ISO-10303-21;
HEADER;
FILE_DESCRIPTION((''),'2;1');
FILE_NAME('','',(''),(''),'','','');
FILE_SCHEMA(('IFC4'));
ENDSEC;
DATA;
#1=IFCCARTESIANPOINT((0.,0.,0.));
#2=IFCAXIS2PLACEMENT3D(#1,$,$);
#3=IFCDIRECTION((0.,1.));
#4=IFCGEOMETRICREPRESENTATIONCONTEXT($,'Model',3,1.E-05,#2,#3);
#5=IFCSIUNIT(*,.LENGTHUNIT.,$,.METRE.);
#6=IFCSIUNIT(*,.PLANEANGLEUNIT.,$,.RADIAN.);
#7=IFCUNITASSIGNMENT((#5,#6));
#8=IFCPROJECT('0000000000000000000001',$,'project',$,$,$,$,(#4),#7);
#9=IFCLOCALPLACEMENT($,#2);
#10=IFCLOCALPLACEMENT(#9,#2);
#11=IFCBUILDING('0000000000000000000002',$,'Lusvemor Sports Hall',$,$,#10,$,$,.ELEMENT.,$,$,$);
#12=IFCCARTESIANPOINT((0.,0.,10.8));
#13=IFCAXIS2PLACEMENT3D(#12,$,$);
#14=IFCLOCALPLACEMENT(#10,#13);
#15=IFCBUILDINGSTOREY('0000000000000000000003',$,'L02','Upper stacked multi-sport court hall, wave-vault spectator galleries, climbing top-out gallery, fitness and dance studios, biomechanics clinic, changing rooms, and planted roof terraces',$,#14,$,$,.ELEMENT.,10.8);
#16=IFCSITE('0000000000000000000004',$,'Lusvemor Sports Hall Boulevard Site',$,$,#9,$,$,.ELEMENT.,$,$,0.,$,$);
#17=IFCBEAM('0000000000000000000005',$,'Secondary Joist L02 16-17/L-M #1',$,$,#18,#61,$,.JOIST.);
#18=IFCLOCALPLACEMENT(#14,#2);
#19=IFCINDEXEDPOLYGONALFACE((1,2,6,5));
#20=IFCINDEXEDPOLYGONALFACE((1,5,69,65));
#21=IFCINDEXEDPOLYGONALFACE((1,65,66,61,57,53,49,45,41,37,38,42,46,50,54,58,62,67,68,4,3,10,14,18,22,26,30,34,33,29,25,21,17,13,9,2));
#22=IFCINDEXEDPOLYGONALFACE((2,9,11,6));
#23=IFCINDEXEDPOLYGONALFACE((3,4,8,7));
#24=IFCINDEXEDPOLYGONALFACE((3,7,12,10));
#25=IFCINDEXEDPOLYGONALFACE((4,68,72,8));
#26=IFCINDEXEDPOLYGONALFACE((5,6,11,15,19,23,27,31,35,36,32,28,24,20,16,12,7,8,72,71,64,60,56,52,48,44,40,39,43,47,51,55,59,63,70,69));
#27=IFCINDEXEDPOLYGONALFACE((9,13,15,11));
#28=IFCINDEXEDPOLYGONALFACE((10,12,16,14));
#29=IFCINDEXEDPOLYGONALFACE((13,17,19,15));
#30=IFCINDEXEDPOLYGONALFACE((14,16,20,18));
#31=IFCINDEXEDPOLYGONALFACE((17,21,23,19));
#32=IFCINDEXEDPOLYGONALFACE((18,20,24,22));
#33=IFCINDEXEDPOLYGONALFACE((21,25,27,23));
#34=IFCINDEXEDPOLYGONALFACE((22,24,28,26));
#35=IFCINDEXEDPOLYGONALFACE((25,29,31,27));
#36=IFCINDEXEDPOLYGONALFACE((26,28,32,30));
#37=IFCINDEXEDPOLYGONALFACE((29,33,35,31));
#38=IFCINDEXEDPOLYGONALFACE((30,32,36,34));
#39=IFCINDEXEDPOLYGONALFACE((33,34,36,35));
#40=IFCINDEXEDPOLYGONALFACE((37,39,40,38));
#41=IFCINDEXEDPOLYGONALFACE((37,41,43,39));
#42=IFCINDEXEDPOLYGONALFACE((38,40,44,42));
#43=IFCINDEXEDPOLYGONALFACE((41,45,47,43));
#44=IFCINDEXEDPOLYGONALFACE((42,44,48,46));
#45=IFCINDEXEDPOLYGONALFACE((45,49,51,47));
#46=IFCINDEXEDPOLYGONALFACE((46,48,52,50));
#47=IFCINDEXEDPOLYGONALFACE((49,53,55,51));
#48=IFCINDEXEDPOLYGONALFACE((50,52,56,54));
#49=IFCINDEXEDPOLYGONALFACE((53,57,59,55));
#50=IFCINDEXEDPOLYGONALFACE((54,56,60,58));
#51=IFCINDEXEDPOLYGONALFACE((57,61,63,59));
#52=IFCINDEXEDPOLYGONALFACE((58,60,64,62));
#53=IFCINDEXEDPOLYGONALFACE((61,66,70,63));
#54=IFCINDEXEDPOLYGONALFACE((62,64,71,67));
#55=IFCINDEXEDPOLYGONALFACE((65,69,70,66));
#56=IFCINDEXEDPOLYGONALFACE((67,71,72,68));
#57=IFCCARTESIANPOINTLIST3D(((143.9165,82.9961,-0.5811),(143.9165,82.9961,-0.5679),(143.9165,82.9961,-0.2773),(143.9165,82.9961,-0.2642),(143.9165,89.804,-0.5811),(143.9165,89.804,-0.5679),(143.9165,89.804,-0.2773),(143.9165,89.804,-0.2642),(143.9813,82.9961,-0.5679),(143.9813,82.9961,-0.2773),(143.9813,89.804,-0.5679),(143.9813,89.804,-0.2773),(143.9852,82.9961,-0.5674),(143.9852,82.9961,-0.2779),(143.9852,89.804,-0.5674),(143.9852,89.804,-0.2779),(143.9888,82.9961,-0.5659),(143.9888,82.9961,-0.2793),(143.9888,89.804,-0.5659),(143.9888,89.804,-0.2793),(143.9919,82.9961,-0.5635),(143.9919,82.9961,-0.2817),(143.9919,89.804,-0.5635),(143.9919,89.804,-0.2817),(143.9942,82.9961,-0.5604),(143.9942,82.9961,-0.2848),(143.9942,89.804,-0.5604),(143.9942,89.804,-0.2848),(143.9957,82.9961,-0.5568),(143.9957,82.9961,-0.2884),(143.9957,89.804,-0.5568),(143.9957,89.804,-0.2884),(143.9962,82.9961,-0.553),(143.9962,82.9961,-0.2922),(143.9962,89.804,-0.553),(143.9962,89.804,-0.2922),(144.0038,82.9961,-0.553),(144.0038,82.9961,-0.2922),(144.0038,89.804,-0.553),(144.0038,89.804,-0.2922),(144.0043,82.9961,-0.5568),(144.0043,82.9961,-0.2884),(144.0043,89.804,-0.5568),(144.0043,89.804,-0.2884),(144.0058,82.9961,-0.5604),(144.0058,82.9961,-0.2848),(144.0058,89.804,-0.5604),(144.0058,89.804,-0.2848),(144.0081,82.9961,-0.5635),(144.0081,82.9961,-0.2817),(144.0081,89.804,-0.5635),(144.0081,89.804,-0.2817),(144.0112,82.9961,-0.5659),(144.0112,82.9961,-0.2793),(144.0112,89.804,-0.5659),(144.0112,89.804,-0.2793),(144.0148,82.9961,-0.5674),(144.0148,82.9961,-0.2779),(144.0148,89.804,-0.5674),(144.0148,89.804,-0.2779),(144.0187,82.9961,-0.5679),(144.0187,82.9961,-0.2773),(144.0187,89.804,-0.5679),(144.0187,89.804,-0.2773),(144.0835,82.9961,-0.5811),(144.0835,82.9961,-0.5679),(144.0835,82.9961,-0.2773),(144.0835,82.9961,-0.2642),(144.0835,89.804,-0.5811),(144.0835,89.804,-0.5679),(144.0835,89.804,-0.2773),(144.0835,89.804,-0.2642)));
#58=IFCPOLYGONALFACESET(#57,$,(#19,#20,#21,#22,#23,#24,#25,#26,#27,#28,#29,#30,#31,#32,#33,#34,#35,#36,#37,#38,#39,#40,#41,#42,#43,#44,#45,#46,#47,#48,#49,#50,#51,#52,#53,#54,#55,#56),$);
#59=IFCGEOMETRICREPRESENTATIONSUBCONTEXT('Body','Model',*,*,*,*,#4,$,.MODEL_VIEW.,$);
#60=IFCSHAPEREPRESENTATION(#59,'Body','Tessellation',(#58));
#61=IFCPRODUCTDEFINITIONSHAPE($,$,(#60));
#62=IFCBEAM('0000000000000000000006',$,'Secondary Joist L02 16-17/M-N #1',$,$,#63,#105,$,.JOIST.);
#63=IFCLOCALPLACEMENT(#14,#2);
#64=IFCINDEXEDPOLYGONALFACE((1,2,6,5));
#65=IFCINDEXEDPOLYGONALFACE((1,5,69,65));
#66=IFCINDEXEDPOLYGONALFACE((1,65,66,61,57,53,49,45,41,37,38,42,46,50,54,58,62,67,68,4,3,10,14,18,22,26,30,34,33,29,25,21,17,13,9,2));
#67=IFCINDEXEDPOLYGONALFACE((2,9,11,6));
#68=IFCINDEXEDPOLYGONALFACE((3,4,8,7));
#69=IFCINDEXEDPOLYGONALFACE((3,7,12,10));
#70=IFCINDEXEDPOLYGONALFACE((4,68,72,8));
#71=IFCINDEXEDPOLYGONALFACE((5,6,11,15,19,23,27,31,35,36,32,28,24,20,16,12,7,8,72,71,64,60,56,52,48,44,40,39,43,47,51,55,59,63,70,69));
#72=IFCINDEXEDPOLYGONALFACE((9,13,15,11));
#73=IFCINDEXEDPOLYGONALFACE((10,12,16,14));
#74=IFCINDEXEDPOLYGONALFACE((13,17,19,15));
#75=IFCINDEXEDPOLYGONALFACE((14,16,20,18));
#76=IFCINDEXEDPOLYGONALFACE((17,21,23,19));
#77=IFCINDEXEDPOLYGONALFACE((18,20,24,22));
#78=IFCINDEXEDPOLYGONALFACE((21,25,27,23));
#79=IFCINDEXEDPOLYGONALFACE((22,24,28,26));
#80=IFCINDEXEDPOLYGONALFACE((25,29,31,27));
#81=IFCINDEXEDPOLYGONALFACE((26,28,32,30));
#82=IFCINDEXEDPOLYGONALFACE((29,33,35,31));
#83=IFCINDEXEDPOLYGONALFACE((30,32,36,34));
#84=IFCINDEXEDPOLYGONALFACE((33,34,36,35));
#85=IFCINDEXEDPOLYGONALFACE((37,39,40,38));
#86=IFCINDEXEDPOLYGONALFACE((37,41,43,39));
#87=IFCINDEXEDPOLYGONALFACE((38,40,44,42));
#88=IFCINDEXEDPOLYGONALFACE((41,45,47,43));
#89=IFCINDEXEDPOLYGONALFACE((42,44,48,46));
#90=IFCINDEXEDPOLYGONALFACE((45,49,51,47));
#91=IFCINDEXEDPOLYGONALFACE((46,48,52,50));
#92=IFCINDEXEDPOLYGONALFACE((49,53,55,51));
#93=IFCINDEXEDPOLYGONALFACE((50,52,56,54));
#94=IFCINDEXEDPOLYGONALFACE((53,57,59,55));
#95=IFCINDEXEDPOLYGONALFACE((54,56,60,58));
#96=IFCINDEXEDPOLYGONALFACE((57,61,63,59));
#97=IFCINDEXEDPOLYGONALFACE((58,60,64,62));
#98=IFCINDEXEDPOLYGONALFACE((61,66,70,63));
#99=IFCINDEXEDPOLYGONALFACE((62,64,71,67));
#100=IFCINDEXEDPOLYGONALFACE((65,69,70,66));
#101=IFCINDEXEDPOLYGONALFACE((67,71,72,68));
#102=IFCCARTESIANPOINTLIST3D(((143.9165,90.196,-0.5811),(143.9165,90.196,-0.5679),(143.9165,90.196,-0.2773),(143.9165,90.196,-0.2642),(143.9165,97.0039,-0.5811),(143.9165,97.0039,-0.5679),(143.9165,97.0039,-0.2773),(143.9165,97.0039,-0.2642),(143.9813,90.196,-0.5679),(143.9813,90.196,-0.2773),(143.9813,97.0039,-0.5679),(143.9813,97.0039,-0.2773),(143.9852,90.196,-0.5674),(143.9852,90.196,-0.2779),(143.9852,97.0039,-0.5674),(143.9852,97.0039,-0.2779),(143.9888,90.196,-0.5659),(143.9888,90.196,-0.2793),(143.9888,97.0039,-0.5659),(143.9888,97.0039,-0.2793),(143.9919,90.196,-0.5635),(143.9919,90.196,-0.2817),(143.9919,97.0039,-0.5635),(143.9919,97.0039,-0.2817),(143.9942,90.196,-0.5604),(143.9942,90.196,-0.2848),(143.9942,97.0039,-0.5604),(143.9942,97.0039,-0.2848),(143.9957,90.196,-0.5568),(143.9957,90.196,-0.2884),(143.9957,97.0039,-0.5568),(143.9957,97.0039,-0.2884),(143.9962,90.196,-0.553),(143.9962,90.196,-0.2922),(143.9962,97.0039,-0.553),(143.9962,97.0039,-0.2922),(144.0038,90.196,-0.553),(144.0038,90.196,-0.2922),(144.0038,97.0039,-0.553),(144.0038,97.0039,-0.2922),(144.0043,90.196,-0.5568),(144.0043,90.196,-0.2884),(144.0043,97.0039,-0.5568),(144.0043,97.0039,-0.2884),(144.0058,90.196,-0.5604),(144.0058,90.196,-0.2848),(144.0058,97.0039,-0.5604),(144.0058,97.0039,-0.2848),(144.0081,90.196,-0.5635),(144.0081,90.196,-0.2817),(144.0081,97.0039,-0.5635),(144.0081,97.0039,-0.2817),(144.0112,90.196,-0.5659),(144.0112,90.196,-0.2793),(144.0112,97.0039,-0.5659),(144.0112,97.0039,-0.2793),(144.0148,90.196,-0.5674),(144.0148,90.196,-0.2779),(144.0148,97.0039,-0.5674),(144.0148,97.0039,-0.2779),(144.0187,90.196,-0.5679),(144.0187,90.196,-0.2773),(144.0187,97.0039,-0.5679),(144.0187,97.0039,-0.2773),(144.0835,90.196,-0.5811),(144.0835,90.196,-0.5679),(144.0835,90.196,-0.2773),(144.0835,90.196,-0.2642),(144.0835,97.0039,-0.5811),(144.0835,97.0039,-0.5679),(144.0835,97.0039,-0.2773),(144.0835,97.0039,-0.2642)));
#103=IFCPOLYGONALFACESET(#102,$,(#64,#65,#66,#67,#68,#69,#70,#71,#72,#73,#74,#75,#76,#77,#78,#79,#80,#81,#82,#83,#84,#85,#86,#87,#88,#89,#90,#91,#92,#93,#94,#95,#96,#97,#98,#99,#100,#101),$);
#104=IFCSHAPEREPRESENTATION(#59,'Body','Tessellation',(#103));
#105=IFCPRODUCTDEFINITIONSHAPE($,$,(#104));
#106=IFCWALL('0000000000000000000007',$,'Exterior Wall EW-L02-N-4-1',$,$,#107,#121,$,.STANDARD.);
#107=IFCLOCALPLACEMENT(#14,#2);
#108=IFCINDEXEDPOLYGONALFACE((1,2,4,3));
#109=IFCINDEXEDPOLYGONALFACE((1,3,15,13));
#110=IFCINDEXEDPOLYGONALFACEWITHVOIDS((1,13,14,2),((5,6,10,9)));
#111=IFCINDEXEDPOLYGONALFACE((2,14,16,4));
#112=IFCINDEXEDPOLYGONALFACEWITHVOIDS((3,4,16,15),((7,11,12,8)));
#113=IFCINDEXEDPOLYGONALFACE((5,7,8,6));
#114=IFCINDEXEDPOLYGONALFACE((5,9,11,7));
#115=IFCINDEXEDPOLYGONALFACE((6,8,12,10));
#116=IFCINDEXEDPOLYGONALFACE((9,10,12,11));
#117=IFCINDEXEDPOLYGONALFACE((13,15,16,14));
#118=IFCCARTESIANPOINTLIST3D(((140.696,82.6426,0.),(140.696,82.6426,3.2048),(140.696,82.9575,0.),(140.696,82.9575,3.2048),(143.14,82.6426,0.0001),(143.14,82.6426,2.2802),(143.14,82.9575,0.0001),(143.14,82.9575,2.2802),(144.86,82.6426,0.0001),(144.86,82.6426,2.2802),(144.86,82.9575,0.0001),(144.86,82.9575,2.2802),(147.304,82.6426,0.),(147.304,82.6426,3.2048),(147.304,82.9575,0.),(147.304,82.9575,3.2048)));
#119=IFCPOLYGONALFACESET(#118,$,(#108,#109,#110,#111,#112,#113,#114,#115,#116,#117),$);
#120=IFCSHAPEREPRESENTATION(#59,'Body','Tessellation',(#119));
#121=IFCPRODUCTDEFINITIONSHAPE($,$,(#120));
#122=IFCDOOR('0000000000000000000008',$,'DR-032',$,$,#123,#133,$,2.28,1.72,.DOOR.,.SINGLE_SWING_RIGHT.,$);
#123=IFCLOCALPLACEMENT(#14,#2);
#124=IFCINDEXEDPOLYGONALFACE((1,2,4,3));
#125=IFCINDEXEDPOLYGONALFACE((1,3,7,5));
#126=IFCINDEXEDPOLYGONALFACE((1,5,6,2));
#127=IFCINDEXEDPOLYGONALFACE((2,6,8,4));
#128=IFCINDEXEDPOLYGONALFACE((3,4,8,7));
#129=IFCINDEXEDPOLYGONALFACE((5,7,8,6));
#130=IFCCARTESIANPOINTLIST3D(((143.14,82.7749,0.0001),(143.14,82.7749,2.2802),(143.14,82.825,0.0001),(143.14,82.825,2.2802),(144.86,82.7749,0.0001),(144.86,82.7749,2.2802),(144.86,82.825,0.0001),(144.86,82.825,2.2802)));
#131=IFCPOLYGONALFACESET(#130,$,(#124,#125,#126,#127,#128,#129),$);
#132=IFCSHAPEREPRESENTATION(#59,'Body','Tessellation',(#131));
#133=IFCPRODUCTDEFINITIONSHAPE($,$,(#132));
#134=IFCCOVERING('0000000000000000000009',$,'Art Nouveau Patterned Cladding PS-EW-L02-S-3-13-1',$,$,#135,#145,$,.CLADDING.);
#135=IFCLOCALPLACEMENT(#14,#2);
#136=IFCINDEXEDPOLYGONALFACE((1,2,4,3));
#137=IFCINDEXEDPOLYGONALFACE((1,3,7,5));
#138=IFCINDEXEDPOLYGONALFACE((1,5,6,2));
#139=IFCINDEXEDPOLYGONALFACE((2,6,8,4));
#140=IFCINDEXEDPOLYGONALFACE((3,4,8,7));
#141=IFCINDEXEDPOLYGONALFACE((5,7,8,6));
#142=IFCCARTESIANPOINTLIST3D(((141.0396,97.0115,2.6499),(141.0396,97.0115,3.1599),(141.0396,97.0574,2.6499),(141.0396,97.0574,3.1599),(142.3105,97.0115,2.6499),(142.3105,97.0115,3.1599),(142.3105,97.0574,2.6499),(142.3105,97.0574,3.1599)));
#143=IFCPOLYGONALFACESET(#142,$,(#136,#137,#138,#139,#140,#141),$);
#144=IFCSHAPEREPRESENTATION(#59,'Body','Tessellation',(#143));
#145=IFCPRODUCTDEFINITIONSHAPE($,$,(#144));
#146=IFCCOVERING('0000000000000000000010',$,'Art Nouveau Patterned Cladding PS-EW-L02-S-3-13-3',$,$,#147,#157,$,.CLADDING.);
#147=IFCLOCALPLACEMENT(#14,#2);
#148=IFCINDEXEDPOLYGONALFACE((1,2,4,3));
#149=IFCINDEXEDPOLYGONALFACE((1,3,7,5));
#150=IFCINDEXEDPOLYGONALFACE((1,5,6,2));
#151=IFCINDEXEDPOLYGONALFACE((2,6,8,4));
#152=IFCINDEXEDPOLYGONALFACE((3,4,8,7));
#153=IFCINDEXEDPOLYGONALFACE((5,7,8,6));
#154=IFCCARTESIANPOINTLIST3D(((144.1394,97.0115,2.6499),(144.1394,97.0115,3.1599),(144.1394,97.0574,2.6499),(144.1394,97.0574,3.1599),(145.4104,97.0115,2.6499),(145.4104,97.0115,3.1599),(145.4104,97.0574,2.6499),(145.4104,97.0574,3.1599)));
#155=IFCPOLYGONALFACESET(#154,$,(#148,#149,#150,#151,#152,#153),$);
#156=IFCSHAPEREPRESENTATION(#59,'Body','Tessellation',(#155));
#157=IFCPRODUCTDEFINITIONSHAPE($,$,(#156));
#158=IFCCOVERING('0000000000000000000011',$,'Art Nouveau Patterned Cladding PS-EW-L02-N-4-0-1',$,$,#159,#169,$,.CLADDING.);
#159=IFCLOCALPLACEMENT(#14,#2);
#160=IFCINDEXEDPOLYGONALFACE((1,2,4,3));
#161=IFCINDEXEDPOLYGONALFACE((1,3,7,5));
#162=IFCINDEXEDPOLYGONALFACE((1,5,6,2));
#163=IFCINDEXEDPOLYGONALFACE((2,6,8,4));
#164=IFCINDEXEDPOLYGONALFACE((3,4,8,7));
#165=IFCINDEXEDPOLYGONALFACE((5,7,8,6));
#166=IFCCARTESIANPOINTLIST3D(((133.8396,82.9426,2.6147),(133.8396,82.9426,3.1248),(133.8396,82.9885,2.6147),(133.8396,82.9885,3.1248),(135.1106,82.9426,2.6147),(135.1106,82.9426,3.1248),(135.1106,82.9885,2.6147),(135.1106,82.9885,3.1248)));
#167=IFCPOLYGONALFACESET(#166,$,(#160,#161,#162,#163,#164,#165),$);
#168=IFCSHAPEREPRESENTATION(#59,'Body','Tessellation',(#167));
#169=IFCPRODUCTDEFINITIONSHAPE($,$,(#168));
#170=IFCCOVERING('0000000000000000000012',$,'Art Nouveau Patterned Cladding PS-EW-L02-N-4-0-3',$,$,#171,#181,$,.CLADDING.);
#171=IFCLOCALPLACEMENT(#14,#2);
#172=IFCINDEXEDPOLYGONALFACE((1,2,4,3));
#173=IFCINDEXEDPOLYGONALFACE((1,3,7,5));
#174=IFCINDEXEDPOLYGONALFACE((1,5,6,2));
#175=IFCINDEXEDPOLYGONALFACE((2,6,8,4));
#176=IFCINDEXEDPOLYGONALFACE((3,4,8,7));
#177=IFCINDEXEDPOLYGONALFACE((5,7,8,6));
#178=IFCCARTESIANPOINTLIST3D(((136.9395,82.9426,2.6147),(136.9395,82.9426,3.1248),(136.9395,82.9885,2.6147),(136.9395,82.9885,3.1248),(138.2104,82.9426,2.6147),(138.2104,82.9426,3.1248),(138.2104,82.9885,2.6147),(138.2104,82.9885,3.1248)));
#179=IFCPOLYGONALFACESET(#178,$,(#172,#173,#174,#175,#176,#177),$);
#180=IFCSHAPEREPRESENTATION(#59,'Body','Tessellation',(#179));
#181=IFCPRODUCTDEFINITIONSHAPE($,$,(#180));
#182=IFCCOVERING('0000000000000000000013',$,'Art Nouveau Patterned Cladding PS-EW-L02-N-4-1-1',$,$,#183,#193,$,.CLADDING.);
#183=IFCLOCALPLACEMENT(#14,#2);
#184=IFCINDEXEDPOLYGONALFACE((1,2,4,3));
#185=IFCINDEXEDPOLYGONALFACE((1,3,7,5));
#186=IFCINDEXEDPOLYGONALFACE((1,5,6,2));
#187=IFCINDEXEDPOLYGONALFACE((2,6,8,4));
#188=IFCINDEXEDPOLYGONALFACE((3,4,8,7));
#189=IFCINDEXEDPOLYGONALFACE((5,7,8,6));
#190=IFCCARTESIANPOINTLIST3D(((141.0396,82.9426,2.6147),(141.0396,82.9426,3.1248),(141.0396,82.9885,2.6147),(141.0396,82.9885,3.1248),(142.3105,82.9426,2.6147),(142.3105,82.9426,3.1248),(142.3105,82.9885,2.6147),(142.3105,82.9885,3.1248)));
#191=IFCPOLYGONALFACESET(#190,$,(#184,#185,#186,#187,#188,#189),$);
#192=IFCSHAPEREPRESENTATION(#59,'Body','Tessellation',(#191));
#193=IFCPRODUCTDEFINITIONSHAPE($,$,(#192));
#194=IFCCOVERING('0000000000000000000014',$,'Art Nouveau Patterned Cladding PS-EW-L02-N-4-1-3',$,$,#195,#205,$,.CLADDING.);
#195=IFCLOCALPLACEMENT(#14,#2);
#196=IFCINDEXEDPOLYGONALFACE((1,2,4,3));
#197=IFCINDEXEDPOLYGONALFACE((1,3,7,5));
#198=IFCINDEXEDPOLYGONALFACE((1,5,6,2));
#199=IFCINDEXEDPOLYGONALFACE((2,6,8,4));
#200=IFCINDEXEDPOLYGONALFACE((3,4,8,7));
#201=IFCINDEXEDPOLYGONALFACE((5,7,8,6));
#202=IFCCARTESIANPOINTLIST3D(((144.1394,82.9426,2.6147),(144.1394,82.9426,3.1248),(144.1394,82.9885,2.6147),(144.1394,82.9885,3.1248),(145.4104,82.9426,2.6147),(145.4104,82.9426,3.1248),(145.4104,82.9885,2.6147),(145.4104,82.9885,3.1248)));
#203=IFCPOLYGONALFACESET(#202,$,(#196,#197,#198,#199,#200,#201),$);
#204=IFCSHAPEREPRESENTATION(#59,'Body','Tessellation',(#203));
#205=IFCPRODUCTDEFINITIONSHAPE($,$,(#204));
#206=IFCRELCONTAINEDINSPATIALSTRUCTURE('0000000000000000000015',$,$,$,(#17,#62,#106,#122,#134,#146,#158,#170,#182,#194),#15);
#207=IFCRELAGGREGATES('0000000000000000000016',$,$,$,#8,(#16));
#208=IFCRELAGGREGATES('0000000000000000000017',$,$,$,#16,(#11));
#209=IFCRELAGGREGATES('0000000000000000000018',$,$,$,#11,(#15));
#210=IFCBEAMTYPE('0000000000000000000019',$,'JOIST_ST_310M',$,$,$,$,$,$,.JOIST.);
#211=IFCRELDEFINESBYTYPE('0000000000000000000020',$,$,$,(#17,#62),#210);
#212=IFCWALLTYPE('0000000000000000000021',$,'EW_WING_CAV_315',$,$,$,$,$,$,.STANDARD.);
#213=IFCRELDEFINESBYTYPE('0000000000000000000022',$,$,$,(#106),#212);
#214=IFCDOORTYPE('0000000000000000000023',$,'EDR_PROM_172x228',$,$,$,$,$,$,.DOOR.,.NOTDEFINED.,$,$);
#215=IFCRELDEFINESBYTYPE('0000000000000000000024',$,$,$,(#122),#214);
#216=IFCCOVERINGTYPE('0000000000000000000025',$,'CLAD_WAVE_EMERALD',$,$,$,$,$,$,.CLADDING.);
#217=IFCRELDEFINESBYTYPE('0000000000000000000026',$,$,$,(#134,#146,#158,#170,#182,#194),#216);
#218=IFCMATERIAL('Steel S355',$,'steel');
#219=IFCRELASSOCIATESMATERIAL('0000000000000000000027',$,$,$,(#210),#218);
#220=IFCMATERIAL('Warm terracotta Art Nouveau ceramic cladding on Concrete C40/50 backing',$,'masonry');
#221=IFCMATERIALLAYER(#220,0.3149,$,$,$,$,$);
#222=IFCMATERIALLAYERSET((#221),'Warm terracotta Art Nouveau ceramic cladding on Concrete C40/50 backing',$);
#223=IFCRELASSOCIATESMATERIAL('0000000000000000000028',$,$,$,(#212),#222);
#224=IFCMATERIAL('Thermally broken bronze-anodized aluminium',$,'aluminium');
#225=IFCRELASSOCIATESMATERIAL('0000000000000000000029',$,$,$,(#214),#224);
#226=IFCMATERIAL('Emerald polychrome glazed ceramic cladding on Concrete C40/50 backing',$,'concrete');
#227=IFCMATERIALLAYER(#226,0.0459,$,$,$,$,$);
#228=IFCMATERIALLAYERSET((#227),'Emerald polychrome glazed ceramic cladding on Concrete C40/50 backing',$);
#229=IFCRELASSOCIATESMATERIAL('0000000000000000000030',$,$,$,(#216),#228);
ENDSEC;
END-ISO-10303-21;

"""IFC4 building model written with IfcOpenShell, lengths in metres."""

from ifc_helpers import new_model, si_unit, direction, frame, frame_2d, origin, origin_2d, place, context, subcontext, project, spatial, rectangle, i_section, extrude, material, layer, layer_set, material_profile, profile_set, type_object, element, fill, save


model = new_model("IFC4")

# Units and contexts
model_context = context("Model", 3, precision=1e-05, world=origin(), true_north=direction((0.0, 1.0)))
body_context = subcontext(model_context, "Body", "Model", "MODEL_VIEW")
ifc_project = project(units=[si_unit("LENGTHUNIT", "METRE"), si_unit("PLANEANGLEUNIT", "RADIAN")], contexts=[model_context])

# Site, building, storey
site_placement = place(None, origin())
site = spatial("IfcSite", under=ifc_project, at=site_placement, Name="Lusvemor Sports Hall Boulevard Site", CompositionType="ELEMENT", RefElevation=0.0)
building_placement = place(site_placement, origin())
building = spatial("IfcBuilding", under=site, at=building_placement, Name="Lusvemor Sports Hall", CompositionType="ELEMENT")
storey_placement = place(building_placement, frame((0.0, 0.0, 10.8)))
storey = spatial("IfcBuildingStorey", under=building, at=storey_placement, Name="L02", Description="Upper stacked multi-sport court hall, wave-vault spectator galleries, climbing top-out gallery, fitness and dance studios, biomechanics clinic, changing rooms, and planted roof terraces", CompositionType="ELEMENT", Elevation=10.8)

# Beams
ifc_material_1 = material(Name="Steel S355", Category="steel")
ifc_material_profile_1 = material_profile(ifc_material_1, i_section(OverallWidth=0.167, OverallDepth=0.3169, WebThickness=0.0076, FlangeThickness=0.0132, FilletRadius=0.0149, at=origin_2d()), Name="W310x52.0")
ifc_profile_set_1 = profile_set([ifc_material_profile_1], Name="Steel S355")
beam_type_1 = type_object("IfcBeamType", Name="JOIST_ST_310M", PredefinedType="JOIST", material=ifc_profile_set_1)
for number, where, z_axis, x_axis, name in (
    (1, (144.0, 82.9961, -0.4226), (0.0, 1.0, 0.0), (-1.0, 0.0, 0.0), "Secondary Joist L02 16-17/L-M #1"),
    (2, (144.0, 90.196, -0.4226), (0.0, 1.0, 0.0), (-1.0, 0.0, 0.0), "Secondary Joist L02 16-17/M-N #1"),
):
    element("IfcBeam", number, at=place(storey_placement, frame(where, z_axis=z_axis, x_axis=x_axis)), inside=storey, type_object=beam_type_1, Name=name, PredefinedType="JOIST", context=body_context, shape_type="SweptSolid", body=[
        extrude(i_section(OverallWidth=0.167, OverallDepth=0.3169, WebThickness=0.0076, FlangeThickness=0.0132, FilletRadius=0.0149, at=origin_2d()), origin(), (0.0, 0.0, 1.0), 6.8079),
    ])

# Wall, opening, door
ifc_material_2 = material(Name="Warm terracotta Art Nouveau ceramic cladding on Concrete C40/50 backing", Category="masonry")
ifc_layer_1 = layer(ifc_material_2, 0.3149)
ifc_layer_set_1 = layer_set([ifc_layer_1], Name="Warm terracotta Art Nouveau ceramic cladding on Concrete C40/50 backing")
wall_type = type_object("IfcWallType", Name="EW_WING_CAV_315", PredefinedType="STANDARD", material=ifc_layer_set_1)
wall_placement = place(storey_placement, frame((140.696, 82.8, 0.0), z_axis=(0.0, 0.0, 1.0), x_axis=(1.0, 0.0, 0.0)))
wall = element("IfcWall", 3, at=wall_placement, inside=storey, type_object=wall_type, Name="Exterior Wall EW-L02-N-4-1", PredefinedType="STANDARD", context=body_context, shape_type="SweptSolid", body=[
    extrude(rectangle(XDim=6.6079, YDim=0.3149, at=frame_2d((3.304, 0.0))), origin(), (0.0, 0.0, 1.0), 3.2048),
])
opening_placement = place(wall_placement, frame((2.4441, 0.0, 0.0)))
opening = element("IfcOpeningElement", 4, at=opening_placement, cuts=wall, PredefinedType="OPENING", context=body_context, shape_type="SweptSolid", body=[
    extrude(rectangle(XDim=1.72, YDim=2.28, at=frame_2d((0.8599, 1.1401))), frame((0.0, 0.1575, 0.0), z_axis=(0.0, -1.0, 0.0), x_axis=(1.0, 0.0, 0.0)), (0.0, 0.0, 1.0), 0.3149),
])
ifc_material_3 = material(Name="Thermally broken bronze-anodized aluminium", Category="aluminium")
door_type = type_object("IfcDoorType", Name="EDR_PROM_172x228", OperationType="NOTDEFINED", PredefinedType="DOOR", material=ifc_material_3)
door_placement = place(opening_placement, origin())
door = element("IfcDoor", 5, at=door_placement, inside=storey, type_object=door_type, Name="DR-032", OperationType="SINGLE_SWING_RIGHT", OverallHeight=2.28, OverallWidth=1.72, PredefinedType="DOOR", context=body_context, shape_type="SweptSolid", body=[
    extrude(rectangle(XDim=1.72, YDim=2.28, at=frame_2d((0.8599, 1.1401))), frame((0.0, 0.0249, 0.0), z_axis=(0.0, -1.0, 0.0), x_axis=(1.0, 0.0, 0.0)), (0.0, 0.0, 1.0), 0.05),
])
fill(opening, door)

# Coverings
ifc_material_4 = material(Name="Emerald polychrome glazed ceramic cladding on Concrete C40/50 backing", Category="concrete")
ifc_layer_2 = layer(ifc_material_4, 0.0459)
ifc_layer_set_2 = layer_set([ifc_layer_2], Name="Emerald polychrome glazed ceramic cladding on Concrete C40/50 backing")
covering_type_1 = type_object("IfcCoveringType", Name="CLAD_WAVE_EMERALD", PredefinedType="CLADDING", material=ifc_layer_set_2)
for number, where, z_axis, x_axis, name in (
    (6, (141.675, 97.0344, 2.6499), (0.0, 0.0, 1.0), (1.0, 0.0, 0.0), "Art Nouveau Patterned Cladding PS-EW-L02-S-3-13-1"),
    (7, (144.7749, 97.0344, 2.6499), (0.0, 0.0, 1.0), (1.0, 0.0, 0.0), "Art Nouveau Patterned Cladding PS-EW-L02-S-3-13-3"),
    (8, (134.4751, 82.9656, 2.6147), (0.0, 0.0, 1.0), (1.0, 0.0, 0.0), "Art Nouveau Patterned Cladding PS-EW-L02-N-4-0-1"),
    (9, (137.575, 82.9656, 2.6147), (0.0, 0.0, 1.0), (1.0, 0.0, 0.0), "Art Nouveau Patterned Cladding PS-EW-L02-N-4-0-3"),
    (10, (141.675, 82.9656, 2.6147), (0.0, 0.0, 1.0), (1.0, 0.0, 0.0), "Art Nouveau Patterned Cladding PS-EW-L02-N-4-1-1"),
    (11, (144.7749, 82.9656, 2.6147), (0.0, 0.0, 1.0), (1.0, 0.0, 0.0), "Art Nouveau Patterned Cladding PS-EW-L02-N-4-1-3"),
):
    element("IfcCovering", number, at=place(storey_placement, frame(where, z_axis=z_axis, x_axis=x_axis)), inside=storey, type_object=covering_type_1, Name=name, PredefinedType="CLADDING", context=body_context, shape_type="SweptSolid", body=[
        extrude(rectangle(XDim=1.271, YDim=0.0459, at=origin_2d()), origin(), (0.0, 0.0, 1.0), 0.51),
    ])

save(model, "model.ifc")
